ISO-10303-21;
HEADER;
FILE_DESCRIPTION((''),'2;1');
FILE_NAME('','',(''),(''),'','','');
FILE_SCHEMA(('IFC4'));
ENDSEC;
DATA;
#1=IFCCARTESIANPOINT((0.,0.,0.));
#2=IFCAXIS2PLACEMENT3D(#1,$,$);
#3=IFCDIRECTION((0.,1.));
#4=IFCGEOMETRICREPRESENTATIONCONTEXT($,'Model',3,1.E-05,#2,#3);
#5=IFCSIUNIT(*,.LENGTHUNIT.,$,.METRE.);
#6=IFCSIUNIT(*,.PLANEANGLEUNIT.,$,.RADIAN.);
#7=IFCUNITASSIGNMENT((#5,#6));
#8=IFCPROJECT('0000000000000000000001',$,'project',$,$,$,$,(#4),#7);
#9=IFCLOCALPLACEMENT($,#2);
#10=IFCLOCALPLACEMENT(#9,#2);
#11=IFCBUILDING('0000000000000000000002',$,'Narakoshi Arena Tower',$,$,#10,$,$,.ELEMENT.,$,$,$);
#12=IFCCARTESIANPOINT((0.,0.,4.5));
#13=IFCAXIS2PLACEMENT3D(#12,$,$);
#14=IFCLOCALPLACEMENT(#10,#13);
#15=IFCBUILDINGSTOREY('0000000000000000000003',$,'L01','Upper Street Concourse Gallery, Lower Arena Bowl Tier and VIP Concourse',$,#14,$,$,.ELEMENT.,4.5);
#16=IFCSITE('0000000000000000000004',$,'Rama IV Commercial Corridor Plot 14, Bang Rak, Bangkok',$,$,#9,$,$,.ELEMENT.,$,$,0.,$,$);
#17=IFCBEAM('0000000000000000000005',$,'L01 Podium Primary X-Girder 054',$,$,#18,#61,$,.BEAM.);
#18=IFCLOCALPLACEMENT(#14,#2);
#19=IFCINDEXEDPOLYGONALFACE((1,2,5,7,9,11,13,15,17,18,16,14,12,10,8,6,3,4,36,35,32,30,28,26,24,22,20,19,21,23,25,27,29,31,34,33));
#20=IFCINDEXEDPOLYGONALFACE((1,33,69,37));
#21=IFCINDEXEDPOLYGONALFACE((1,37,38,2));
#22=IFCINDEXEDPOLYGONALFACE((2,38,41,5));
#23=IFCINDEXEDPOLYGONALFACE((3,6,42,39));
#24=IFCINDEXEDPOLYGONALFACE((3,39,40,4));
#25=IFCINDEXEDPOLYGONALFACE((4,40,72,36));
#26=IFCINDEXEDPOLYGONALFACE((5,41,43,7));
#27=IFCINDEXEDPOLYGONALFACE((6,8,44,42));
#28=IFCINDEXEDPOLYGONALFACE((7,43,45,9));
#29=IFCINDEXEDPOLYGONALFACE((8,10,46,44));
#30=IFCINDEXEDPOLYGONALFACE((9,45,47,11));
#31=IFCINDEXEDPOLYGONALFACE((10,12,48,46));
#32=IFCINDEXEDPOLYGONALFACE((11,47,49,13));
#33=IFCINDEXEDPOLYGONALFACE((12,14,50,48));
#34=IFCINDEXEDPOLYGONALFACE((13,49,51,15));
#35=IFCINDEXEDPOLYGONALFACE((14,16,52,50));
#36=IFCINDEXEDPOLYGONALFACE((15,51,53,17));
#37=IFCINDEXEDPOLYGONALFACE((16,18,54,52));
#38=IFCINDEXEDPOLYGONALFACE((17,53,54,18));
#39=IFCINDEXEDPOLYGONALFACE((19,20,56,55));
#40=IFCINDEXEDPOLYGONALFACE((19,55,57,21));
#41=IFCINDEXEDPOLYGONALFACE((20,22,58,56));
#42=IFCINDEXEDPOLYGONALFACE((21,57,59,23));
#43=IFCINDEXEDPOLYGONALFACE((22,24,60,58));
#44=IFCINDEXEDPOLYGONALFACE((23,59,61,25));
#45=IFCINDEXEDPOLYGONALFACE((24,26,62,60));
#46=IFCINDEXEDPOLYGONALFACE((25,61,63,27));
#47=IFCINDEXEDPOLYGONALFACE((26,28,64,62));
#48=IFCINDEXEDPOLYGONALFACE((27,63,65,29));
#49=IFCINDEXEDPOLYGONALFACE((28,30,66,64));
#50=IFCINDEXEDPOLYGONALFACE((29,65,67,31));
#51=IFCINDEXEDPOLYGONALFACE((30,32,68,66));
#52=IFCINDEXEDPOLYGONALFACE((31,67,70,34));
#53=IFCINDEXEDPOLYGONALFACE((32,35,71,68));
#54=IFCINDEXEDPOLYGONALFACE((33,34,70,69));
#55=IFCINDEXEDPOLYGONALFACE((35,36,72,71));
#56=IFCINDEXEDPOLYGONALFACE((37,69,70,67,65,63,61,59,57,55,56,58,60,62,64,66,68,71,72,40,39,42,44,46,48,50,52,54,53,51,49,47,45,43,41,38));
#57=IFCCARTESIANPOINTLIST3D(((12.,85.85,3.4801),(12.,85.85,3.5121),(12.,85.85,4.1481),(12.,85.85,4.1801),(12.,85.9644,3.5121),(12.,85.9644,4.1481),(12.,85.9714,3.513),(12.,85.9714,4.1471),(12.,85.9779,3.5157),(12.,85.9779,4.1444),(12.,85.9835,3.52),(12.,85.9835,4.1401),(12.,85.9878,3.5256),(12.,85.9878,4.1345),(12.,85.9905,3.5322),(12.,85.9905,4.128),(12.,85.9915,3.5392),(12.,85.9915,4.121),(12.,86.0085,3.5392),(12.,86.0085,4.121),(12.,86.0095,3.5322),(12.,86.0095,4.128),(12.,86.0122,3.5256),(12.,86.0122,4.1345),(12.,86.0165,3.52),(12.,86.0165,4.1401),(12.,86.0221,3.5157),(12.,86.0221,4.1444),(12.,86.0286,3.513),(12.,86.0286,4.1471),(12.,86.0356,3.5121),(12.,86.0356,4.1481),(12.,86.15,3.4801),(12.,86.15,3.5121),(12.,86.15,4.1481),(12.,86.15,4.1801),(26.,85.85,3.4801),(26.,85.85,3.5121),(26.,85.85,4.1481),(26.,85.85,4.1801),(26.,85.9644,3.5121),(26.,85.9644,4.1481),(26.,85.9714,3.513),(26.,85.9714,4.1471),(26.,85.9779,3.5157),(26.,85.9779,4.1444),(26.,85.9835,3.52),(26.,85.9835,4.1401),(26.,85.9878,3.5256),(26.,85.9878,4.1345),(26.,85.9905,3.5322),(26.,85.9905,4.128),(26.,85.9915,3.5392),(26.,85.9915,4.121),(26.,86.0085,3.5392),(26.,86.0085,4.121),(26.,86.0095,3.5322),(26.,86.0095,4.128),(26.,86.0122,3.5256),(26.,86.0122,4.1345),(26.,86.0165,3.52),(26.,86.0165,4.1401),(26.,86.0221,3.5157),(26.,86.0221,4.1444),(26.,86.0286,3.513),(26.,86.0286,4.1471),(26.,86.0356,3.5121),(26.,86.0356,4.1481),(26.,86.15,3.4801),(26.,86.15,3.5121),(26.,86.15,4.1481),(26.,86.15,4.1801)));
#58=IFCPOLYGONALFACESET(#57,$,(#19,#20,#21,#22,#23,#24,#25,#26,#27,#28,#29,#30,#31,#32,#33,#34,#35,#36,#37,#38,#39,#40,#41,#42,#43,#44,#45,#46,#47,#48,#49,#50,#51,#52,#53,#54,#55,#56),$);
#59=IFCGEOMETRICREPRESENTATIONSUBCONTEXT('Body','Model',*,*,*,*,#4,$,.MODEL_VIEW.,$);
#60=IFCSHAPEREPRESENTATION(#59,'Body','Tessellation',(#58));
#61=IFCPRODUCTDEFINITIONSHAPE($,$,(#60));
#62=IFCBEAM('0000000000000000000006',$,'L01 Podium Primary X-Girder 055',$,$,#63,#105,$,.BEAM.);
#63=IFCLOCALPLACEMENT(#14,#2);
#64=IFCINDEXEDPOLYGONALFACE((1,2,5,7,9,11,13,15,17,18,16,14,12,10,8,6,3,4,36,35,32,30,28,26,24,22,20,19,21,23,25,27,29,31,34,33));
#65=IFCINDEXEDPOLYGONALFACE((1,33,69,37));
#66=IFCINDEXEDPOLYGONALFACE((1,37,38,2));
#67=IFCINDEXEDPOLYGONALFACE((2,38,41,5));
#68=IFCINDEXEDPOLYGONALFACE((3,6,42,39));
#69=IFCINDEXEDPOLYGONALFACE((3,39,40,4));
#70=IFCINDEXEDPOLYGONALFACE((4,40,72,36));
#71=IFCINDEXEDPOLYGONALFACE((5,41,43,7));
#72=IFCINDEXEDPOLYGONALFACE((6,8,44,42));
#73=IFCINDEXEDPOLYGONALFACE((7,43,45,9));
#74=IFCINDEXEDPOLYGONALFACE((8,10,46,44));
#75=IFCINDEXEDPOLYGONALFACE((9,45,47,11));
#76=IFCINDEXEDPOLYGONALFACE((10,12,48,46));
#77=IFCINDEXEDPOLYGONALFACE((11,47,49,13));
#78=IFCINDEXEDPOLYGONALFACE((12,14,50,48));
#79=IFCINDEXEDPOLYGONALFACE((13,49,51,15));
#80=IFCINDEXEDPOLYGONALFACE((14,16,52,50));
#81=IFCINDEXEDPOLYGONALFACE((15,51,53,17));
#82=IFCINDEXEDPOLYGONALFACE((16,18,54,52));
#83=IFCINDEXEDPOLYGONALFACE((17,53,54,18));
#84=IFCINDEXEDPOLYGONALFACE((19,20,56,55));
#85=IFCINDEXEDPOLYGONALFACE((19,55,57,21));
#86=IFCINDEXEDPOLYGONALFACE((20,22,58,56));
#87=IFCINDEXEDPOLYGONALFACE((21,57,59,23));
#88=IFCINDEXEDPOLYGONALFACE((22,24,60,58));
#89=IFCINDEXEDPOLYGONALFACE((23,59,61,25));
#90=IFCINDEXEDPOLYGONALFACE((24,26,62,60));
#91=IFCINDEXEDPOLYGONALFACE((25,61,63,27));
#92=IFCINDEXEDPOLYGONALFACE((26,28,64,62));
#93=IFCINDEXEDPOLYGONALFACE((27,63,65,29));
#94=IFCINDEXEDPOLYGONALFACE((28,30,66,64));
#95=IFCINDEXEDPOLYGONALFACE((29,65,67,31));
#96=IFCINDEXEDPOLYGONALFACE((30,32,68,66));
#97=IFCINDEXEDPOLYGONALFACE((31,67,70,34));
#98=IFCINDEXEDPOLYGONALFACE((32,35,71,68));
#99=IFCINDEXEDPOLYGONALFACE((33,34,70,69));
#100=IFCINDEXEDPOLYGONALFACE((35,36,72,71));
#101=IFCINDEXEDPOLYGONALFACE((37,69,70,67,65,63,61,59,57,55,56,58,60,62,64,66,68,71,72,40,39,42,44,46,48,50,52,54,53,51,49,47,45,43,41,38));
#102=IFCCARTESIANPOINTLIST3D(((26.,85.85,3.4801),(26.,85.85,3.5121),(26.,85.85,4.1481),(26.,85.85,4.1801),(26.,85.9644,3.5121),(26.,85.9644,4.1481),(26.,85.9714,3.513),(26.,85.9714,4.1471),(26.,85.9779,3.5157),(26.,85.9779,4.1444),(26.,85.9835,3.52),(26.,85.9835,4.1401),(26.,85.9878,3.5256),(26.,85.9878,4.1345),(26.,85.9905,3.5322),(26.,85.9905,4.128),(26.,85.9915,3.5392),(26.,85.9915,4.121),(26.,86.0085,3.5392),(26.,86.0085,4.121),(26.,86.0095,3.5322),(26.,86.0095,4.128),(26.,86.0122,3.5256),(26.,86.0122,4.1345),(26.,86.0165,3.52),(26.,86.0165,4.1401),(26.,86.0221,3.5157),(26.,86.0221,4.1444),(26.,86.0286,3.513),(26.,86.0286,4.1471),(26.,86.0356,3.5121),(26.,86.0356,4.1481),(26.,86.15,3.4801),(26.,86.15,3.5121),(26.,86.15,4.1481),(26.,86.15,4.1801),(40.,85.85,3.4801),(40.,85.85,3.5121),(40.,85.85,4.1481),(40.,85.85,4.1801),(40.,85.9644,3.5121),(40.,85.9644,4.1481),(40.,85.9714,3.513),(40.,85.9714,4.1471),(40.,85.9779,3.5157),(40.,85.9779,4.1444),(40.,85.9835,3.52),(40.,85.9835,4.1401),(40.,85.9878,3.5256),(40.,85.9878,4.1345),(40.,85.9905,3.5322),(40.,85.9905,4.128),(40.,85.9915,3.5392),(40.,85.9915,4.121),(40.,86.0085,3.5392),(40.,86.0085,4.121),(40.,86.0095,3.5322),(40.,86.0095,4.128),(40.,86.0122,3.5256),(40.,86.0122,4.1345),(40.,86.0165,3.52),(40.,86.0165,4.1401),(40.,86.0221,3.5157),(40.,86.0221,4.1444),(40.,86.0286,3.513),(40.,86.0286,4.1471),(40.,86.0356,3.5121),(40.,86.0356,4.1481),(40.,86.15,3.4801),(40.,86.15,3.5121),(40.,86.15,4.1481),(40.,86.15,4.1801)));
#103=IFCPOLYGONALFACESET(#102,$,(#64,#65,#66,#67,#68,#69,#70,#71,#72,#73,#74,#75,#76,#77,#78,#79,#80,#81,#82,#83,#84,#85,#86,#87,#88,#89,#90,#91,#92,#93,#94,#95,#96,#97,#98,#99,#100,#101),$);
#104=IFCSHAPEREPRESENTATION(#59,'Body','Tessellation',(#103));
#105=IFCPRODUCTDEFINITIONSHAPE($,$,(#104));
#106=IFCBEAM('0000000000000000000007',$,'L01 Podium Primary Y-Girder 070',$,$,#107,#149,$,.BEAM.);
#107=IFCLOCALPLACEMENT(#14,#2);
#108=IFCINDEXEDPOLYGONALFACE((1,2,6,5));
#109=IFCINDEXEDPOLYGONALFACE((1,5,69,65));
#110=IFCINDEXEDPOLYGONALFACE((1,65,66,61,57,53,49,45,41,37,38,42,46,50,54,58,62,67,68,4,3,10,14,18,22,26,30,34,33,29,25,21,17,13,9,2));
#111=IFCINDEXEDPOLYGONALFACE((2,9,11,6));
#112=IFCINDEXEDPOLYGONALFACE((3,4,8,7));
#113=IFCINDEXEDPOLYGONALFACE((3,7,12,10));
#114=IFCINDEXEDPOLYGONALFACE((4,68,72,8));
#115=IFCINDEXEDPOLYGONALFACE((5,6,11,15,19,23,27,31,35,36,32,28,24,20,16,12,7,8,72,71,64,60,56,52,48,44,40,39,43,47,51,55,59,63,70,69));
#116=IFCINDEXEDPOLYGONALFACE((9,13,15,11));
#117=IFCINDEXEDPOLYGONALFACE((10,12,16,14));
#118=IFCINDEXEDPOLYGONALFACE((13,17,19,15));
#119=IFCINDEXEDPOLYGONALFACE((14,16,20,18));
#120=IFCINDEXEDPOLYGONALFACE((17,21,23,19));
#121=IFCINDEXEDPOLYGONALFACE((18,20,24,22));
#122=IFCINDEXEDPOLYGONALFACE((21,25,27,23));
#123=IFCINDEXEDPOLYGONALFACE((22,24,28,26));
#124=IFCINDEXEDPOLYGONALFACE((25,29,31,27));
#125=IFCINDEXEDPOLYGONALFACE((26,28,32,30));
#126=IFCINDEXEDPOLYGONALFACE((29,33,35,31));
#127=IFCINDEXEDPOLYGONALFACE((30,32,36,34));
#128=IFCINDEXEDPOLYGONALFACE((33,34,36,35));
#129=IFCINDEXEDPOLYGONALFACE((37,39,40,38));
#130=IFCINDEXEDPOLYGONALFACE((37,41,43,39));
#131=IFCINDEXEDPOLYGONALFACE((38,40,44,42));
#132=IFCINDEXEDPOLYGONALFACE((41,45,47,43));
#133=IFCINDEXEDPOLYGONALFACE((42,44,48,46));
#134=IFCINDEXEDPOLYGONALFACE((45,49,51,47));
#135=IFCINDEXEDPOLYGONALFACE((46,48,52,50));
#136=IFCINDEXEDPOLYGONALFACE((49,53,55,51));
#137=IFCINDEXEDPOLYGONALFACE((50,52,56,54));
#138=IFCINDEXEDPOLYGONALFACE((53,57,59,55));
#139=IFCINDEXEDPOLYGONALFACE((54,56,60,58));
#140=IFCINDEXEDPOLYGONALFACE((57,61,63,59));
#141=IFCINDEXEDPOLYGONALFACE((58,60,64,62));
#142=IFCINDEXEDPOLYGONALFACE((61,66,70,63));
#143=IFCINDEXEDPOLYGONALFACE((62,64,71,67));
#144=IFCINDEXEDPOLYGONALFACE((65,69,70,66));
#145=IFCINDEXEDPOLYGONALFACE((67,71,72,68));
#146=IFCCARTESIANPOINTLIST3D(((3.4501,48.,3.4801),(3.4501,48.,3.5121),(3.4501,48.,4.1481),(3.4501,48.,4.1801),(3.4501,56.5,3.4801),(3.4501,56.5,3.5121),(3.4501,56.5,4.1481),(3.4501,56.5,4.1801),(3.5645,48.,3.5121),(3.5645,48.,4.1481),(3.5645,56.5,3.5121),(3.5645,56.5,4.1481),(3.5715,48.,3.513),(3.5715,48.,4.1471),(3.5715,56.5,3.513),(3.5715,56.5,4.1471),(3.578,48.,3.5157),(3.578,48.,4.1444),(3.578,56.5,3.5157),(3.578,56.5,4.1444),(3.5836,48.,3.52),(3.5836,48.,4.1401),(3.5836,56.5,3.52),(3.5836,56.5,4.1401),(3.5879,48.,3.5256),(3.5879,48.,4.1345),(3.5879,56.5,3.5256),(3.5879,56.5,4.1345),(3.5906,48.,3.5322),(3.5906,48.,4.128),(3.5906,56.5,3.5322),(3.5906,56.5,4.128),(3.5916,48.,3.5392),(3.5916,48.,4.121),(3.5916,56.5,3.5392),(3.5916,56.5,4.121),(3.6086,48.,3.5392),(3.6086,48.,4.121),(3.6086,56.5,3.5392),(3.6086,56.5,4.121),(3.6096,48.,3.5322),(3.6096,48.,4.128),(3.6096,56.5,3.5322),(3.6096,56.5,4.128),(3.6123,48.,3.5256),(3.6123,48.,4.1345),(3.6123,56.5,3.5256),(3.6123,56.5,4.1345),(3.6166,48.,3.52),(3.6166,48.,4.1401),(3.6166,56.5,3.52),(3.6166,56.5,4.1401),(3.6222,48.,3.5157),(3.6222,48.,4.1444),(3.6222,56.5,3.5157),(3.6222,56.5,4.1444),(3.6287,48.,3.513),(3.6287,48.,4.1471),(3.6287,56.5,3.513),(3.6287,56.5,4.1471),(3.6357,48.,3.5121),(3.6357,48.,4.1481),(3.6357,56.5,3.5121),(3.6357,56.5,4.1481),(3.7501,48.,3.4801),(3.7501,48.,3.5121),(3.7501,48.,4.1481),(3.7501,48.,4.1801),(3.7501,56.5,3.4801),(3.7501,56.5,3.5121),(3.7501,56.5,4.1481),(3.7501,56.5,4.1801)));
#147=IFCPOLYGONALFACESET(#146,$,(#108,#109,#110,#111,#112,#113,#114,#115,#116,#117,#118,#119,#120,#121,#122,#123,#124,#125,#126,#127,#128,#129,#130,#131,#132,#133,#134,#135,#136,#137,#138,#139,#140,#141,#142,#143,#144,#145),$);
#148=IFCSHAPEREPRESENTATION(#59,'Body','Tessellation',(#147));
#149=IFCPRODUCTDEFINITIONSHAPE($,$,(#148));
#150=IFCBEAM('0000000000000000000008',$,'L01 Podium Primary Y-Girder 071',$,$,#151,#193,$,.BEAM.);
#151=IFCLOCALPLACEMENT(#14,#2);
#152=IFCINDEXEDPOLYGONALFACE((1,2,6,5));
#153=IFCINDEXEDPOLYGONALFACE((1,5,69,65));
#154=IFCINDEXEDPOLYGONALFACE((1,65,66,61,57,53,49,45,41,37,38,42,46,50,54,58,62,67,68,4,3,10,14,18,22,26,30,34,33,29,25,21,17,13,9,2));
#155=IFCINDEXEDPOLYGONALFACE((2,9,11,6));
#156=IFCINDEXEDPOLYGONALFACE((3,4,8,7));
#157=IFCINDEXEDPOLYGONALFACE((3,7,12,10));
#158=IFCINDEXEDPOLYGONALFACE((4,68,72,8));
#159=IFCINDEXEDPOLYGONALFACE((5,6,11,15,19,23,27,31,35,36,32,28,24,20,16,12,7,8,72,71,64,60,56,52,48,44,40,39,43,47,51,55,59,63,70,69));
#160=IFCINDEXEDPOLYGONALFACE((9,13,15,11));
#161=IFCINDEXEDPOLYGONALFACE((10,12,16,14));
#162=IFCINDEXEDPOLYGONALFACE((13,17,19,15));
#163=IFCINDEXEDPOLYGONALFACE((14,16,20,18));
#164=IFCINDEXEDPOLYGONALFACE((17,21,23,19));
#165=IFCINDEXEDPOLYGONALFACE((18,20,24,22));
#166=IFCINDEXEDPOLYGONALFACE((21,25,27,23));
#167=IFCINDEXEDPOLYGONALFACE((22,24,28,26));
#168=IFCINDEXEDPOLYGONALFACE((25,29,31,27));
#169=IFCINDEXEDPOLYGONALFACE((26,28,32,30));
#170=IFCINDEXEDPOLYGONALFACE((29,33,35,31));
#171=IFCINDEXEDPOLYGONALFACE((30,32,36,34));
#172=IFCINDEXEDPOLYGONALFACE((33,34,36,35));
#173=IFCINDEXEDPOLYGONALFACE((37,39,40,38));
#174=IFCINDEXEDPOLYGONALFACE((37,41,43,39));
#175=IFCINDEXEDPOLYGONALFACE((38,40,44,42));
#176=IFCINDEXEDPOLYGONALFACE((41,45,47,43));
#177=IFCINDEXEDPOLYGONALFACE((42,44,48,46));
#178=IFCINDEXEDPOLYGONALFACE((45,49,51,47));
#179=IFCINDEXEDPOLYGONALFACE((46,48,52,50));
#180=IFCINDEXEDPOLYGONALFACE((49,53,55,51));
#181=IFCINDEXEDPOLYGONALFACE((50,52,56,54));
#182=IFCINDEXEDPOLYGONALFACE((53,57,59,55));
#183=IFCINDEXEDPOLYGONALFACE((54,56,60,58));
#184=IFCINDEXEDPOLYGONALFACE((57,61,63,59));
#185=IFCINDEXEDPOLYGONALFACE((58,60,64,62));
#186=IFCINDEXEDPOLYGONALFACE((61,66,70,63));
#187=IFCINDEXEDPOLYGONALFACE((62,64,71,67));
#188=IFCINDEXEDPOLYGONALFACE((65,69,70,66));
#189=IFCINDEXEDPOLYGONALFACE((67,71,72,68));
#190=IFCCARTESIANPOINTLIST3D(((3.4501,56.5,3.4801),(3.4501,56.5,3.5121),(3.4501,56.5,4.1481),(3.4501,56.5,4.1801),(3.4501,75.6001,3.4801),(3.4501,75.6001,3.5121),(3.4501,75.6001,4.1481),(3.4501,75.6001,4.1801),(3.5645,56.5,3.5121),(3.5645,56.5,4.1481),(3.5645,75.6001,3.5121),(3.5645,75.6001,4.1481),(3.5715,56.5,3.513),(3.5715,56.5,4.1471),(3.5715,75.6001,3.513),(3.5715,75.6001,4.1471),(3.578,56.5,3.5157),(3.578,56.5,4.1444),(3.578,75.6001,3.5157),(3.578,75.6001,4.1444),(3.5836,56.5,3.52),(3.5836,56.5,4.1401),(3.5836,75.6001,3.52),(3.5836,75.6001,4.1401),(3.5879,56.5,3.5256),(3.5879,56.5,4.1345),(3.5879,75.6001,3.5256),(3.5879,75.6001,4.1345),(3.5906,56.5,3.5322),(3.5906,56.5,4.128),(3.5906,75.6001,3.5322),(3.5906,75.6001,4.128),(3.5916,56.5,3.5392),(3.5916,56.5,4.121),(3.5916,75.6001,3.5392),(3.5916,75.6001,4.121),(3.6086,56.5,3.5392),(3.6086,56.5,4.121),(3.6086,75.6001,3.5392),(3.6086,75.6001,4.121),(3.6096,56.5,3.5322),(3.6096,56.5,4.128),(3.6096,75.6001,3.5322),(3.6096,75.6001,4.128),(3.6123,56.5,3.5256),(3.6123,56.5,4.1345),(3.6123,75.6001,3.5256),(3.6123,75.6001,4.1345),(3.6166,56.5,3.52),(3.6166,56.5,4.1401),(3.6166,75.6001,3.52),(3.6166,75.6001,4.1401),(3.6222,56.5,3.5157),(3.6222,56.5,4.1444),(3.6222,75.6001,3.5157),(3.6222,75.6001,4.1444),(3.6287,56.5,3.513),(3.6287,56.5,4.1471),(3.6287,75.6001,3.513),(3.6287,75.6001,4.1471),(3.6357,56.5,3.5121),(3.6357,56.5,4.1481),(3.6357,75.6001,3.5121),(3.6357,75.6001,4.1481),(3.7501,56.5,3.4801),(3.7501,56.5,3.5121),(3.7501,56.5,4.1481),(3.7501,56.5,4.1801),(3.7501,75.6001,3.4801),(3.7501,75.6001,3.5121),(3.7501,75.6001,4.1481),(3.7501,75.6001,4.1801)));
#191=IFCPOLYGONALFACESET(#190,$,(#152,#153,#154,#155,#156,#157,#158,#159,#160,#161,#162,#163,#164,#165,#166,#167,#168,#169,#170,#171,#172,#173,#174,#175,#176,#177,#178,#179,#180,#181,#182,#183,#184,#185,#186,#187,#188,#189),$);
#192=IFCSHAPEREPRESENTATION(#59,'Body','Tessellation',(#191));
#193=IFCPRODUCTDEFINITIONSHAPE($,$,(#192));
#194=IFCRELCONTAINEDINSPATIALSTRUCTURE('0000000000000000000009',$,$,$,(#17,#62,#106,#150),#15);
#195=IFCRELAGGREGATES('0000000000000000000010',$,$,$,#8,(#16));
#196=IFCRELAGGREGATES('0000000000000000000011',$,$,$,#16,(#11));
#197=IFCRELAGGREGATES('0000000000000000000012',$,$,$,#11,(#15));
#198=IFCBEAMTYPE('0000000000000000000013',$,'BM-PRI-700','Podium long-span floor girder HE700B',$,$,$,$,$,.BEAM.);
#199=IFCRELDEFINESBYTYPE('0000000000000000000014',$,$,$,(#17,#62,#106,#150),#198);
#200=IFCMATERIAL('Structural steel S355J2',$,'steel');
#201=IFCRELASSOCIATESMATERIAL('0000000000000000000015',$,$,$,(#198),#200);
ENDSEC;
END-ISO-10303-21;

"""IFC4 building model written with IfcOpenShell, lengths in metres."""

from ifc_helpers import new_model, si_unit, direction, frame, origin, origin_2d, place, context, subcontext, project, spatial, i_section, extrude, material, material_profile, profile_set, type_object, element, save


model = new_model("IFC4")

# Units and contexts
model_context = context("Model", 3, precision=1e-05, world=origin(), true_north=direction((0.0, 1.0)))
body_context = subcontext(model_context, "Body", "Model", "MODEL_VIEW")
ifc_project = project(units=[si_unit("LENGTHUNIT", "METRE"), si_unit("PLANEANGLEUNIT", "RADIAN")], contexts=[model_context])

# Site, building, storey
site_placement = place(None, origin())
site = spatial("IfcSite", under=ifc_project, at=site_placement, Name="Rama IV Commercial Corridor Plot 14, Bang Rak, Bangkok", CompositionType="ELEMENT", RefElevation=0.0)
building_placement = place(site_placement, origin())
building = spatial("IfcBuilding", under=site, at=building_placement, Name="Narakoshi Arena Tower", CompositionType="ELEMENT")
storey_placement = place(building_placement, frame((0.0, 0.0, 4.5)))
storey = spatial("IfcBuildingStorey", under=building, at=storey_placement, Name="L01", Description="Upper Street Concourse Gallery, Lower Arena Bowl Tier and VIP Concourse", CompositionType="ELEMENT", Elevation=4.5)

# Beams
ifc_material_1 = material(Name="Structural steel S355J2", Category="steel")
ifc_material_profile_1 = material_profile(ifc_material_1, i_section(OverallWidth=0.3, OverallDepth=0.7, WebThickness=0.0171, FlangeThickness=0.032, FilletRadius=0.0271, at=origin_2d()), Name="HE700B")
ifc_profile_set_1 = profile_set([ifc_material_profile_1], Name="Structural steel S355J2")
beam_type_1 = type_object("IfcBeamType", Name="BM-PRI-700", Description="Podium long-span floor girder HE700B", PredefinedType="BEAM", material=ifc_profile_set_1)
for number, where, z_axis, x_axis, name in (
    (1, (12.0, 86.0, 3.8301), (1.0, 0.0, 0.0), (0.0, 1.0, 0.0), "L01 Podium Primary X-Girder 054"),
    (2, (26.0, 86.0, 3.8301), (1.0, 0.0, 0.0), (0.0, 1.0, 0.0), "L01 Podium Primary X-Girder 055"),
):
    element("IfcBeam", number, at=place(storey_placement, frame(where, z_axis=z_axis, x_axis=x_axis)), inside=storey, type_object=beam_type_1, Name=name, PredefinedType="BEAM", context=body_context, shape_type="SweptSolid", body=[
        extrude(i_section(OverallWidth=0.3, OverallDepth=0.7, WebThickness=0.0171, FlangeThickness=0.032, FilletRadius=0.0271, at=origin_2d()), origin(), (0.0, 0.0, 1.0), 14.0),
    ])
beam_1_placement = place(storey_placement, frame((3.6001, 48.0, 3.8301), z_axis=(0.0, 1.0, 0.0), x_axis=(-1.0, 0.0, 0.0)))
element("IfcBeam", 3, at=beam_1_placement, inside=storey, type_object=beam_type_1, Name="L01 Podium Primary Y-Girder 070", PredefinedType="BEAM", context=body_context, shape_type="SweptSolid", body=[
    extrude(i_section(OverallWidth=0.3, OverallDepth=0.7, WebThickness=0.0171, FlangeThickness=0.032, FilletRadius=0.0271, at=origin_2d()), origin(), (0.0, 0.0, 1.0), 8.5),
])
beam_2_placement = place(storey_placement, frame((3.6001, 56.5, 3.8301), z_axis=(0.0, 1.0, 0.0), x_axis=(-1.0, 0.0, 0.0)))
element("IfcBeam", 4, at=beam_2_placement, inside=storey, type_object=beam_type_1, Name="L01 Podium Primary Y-Girder 071", PredefinedType="BEAM", context=body_context, shape_type="SweptSolid", body=[
    extrude(i_section(OverallWidth=0.3, OverallDepth=0.7, WebThickness=0.0171, FlangeThickness=0.032, FilletRadius=0.0271, at=origin_2d()), origin(), (0.0, 0.0, 1.0), 19.1001),
])

save(model, "model.ifc")
